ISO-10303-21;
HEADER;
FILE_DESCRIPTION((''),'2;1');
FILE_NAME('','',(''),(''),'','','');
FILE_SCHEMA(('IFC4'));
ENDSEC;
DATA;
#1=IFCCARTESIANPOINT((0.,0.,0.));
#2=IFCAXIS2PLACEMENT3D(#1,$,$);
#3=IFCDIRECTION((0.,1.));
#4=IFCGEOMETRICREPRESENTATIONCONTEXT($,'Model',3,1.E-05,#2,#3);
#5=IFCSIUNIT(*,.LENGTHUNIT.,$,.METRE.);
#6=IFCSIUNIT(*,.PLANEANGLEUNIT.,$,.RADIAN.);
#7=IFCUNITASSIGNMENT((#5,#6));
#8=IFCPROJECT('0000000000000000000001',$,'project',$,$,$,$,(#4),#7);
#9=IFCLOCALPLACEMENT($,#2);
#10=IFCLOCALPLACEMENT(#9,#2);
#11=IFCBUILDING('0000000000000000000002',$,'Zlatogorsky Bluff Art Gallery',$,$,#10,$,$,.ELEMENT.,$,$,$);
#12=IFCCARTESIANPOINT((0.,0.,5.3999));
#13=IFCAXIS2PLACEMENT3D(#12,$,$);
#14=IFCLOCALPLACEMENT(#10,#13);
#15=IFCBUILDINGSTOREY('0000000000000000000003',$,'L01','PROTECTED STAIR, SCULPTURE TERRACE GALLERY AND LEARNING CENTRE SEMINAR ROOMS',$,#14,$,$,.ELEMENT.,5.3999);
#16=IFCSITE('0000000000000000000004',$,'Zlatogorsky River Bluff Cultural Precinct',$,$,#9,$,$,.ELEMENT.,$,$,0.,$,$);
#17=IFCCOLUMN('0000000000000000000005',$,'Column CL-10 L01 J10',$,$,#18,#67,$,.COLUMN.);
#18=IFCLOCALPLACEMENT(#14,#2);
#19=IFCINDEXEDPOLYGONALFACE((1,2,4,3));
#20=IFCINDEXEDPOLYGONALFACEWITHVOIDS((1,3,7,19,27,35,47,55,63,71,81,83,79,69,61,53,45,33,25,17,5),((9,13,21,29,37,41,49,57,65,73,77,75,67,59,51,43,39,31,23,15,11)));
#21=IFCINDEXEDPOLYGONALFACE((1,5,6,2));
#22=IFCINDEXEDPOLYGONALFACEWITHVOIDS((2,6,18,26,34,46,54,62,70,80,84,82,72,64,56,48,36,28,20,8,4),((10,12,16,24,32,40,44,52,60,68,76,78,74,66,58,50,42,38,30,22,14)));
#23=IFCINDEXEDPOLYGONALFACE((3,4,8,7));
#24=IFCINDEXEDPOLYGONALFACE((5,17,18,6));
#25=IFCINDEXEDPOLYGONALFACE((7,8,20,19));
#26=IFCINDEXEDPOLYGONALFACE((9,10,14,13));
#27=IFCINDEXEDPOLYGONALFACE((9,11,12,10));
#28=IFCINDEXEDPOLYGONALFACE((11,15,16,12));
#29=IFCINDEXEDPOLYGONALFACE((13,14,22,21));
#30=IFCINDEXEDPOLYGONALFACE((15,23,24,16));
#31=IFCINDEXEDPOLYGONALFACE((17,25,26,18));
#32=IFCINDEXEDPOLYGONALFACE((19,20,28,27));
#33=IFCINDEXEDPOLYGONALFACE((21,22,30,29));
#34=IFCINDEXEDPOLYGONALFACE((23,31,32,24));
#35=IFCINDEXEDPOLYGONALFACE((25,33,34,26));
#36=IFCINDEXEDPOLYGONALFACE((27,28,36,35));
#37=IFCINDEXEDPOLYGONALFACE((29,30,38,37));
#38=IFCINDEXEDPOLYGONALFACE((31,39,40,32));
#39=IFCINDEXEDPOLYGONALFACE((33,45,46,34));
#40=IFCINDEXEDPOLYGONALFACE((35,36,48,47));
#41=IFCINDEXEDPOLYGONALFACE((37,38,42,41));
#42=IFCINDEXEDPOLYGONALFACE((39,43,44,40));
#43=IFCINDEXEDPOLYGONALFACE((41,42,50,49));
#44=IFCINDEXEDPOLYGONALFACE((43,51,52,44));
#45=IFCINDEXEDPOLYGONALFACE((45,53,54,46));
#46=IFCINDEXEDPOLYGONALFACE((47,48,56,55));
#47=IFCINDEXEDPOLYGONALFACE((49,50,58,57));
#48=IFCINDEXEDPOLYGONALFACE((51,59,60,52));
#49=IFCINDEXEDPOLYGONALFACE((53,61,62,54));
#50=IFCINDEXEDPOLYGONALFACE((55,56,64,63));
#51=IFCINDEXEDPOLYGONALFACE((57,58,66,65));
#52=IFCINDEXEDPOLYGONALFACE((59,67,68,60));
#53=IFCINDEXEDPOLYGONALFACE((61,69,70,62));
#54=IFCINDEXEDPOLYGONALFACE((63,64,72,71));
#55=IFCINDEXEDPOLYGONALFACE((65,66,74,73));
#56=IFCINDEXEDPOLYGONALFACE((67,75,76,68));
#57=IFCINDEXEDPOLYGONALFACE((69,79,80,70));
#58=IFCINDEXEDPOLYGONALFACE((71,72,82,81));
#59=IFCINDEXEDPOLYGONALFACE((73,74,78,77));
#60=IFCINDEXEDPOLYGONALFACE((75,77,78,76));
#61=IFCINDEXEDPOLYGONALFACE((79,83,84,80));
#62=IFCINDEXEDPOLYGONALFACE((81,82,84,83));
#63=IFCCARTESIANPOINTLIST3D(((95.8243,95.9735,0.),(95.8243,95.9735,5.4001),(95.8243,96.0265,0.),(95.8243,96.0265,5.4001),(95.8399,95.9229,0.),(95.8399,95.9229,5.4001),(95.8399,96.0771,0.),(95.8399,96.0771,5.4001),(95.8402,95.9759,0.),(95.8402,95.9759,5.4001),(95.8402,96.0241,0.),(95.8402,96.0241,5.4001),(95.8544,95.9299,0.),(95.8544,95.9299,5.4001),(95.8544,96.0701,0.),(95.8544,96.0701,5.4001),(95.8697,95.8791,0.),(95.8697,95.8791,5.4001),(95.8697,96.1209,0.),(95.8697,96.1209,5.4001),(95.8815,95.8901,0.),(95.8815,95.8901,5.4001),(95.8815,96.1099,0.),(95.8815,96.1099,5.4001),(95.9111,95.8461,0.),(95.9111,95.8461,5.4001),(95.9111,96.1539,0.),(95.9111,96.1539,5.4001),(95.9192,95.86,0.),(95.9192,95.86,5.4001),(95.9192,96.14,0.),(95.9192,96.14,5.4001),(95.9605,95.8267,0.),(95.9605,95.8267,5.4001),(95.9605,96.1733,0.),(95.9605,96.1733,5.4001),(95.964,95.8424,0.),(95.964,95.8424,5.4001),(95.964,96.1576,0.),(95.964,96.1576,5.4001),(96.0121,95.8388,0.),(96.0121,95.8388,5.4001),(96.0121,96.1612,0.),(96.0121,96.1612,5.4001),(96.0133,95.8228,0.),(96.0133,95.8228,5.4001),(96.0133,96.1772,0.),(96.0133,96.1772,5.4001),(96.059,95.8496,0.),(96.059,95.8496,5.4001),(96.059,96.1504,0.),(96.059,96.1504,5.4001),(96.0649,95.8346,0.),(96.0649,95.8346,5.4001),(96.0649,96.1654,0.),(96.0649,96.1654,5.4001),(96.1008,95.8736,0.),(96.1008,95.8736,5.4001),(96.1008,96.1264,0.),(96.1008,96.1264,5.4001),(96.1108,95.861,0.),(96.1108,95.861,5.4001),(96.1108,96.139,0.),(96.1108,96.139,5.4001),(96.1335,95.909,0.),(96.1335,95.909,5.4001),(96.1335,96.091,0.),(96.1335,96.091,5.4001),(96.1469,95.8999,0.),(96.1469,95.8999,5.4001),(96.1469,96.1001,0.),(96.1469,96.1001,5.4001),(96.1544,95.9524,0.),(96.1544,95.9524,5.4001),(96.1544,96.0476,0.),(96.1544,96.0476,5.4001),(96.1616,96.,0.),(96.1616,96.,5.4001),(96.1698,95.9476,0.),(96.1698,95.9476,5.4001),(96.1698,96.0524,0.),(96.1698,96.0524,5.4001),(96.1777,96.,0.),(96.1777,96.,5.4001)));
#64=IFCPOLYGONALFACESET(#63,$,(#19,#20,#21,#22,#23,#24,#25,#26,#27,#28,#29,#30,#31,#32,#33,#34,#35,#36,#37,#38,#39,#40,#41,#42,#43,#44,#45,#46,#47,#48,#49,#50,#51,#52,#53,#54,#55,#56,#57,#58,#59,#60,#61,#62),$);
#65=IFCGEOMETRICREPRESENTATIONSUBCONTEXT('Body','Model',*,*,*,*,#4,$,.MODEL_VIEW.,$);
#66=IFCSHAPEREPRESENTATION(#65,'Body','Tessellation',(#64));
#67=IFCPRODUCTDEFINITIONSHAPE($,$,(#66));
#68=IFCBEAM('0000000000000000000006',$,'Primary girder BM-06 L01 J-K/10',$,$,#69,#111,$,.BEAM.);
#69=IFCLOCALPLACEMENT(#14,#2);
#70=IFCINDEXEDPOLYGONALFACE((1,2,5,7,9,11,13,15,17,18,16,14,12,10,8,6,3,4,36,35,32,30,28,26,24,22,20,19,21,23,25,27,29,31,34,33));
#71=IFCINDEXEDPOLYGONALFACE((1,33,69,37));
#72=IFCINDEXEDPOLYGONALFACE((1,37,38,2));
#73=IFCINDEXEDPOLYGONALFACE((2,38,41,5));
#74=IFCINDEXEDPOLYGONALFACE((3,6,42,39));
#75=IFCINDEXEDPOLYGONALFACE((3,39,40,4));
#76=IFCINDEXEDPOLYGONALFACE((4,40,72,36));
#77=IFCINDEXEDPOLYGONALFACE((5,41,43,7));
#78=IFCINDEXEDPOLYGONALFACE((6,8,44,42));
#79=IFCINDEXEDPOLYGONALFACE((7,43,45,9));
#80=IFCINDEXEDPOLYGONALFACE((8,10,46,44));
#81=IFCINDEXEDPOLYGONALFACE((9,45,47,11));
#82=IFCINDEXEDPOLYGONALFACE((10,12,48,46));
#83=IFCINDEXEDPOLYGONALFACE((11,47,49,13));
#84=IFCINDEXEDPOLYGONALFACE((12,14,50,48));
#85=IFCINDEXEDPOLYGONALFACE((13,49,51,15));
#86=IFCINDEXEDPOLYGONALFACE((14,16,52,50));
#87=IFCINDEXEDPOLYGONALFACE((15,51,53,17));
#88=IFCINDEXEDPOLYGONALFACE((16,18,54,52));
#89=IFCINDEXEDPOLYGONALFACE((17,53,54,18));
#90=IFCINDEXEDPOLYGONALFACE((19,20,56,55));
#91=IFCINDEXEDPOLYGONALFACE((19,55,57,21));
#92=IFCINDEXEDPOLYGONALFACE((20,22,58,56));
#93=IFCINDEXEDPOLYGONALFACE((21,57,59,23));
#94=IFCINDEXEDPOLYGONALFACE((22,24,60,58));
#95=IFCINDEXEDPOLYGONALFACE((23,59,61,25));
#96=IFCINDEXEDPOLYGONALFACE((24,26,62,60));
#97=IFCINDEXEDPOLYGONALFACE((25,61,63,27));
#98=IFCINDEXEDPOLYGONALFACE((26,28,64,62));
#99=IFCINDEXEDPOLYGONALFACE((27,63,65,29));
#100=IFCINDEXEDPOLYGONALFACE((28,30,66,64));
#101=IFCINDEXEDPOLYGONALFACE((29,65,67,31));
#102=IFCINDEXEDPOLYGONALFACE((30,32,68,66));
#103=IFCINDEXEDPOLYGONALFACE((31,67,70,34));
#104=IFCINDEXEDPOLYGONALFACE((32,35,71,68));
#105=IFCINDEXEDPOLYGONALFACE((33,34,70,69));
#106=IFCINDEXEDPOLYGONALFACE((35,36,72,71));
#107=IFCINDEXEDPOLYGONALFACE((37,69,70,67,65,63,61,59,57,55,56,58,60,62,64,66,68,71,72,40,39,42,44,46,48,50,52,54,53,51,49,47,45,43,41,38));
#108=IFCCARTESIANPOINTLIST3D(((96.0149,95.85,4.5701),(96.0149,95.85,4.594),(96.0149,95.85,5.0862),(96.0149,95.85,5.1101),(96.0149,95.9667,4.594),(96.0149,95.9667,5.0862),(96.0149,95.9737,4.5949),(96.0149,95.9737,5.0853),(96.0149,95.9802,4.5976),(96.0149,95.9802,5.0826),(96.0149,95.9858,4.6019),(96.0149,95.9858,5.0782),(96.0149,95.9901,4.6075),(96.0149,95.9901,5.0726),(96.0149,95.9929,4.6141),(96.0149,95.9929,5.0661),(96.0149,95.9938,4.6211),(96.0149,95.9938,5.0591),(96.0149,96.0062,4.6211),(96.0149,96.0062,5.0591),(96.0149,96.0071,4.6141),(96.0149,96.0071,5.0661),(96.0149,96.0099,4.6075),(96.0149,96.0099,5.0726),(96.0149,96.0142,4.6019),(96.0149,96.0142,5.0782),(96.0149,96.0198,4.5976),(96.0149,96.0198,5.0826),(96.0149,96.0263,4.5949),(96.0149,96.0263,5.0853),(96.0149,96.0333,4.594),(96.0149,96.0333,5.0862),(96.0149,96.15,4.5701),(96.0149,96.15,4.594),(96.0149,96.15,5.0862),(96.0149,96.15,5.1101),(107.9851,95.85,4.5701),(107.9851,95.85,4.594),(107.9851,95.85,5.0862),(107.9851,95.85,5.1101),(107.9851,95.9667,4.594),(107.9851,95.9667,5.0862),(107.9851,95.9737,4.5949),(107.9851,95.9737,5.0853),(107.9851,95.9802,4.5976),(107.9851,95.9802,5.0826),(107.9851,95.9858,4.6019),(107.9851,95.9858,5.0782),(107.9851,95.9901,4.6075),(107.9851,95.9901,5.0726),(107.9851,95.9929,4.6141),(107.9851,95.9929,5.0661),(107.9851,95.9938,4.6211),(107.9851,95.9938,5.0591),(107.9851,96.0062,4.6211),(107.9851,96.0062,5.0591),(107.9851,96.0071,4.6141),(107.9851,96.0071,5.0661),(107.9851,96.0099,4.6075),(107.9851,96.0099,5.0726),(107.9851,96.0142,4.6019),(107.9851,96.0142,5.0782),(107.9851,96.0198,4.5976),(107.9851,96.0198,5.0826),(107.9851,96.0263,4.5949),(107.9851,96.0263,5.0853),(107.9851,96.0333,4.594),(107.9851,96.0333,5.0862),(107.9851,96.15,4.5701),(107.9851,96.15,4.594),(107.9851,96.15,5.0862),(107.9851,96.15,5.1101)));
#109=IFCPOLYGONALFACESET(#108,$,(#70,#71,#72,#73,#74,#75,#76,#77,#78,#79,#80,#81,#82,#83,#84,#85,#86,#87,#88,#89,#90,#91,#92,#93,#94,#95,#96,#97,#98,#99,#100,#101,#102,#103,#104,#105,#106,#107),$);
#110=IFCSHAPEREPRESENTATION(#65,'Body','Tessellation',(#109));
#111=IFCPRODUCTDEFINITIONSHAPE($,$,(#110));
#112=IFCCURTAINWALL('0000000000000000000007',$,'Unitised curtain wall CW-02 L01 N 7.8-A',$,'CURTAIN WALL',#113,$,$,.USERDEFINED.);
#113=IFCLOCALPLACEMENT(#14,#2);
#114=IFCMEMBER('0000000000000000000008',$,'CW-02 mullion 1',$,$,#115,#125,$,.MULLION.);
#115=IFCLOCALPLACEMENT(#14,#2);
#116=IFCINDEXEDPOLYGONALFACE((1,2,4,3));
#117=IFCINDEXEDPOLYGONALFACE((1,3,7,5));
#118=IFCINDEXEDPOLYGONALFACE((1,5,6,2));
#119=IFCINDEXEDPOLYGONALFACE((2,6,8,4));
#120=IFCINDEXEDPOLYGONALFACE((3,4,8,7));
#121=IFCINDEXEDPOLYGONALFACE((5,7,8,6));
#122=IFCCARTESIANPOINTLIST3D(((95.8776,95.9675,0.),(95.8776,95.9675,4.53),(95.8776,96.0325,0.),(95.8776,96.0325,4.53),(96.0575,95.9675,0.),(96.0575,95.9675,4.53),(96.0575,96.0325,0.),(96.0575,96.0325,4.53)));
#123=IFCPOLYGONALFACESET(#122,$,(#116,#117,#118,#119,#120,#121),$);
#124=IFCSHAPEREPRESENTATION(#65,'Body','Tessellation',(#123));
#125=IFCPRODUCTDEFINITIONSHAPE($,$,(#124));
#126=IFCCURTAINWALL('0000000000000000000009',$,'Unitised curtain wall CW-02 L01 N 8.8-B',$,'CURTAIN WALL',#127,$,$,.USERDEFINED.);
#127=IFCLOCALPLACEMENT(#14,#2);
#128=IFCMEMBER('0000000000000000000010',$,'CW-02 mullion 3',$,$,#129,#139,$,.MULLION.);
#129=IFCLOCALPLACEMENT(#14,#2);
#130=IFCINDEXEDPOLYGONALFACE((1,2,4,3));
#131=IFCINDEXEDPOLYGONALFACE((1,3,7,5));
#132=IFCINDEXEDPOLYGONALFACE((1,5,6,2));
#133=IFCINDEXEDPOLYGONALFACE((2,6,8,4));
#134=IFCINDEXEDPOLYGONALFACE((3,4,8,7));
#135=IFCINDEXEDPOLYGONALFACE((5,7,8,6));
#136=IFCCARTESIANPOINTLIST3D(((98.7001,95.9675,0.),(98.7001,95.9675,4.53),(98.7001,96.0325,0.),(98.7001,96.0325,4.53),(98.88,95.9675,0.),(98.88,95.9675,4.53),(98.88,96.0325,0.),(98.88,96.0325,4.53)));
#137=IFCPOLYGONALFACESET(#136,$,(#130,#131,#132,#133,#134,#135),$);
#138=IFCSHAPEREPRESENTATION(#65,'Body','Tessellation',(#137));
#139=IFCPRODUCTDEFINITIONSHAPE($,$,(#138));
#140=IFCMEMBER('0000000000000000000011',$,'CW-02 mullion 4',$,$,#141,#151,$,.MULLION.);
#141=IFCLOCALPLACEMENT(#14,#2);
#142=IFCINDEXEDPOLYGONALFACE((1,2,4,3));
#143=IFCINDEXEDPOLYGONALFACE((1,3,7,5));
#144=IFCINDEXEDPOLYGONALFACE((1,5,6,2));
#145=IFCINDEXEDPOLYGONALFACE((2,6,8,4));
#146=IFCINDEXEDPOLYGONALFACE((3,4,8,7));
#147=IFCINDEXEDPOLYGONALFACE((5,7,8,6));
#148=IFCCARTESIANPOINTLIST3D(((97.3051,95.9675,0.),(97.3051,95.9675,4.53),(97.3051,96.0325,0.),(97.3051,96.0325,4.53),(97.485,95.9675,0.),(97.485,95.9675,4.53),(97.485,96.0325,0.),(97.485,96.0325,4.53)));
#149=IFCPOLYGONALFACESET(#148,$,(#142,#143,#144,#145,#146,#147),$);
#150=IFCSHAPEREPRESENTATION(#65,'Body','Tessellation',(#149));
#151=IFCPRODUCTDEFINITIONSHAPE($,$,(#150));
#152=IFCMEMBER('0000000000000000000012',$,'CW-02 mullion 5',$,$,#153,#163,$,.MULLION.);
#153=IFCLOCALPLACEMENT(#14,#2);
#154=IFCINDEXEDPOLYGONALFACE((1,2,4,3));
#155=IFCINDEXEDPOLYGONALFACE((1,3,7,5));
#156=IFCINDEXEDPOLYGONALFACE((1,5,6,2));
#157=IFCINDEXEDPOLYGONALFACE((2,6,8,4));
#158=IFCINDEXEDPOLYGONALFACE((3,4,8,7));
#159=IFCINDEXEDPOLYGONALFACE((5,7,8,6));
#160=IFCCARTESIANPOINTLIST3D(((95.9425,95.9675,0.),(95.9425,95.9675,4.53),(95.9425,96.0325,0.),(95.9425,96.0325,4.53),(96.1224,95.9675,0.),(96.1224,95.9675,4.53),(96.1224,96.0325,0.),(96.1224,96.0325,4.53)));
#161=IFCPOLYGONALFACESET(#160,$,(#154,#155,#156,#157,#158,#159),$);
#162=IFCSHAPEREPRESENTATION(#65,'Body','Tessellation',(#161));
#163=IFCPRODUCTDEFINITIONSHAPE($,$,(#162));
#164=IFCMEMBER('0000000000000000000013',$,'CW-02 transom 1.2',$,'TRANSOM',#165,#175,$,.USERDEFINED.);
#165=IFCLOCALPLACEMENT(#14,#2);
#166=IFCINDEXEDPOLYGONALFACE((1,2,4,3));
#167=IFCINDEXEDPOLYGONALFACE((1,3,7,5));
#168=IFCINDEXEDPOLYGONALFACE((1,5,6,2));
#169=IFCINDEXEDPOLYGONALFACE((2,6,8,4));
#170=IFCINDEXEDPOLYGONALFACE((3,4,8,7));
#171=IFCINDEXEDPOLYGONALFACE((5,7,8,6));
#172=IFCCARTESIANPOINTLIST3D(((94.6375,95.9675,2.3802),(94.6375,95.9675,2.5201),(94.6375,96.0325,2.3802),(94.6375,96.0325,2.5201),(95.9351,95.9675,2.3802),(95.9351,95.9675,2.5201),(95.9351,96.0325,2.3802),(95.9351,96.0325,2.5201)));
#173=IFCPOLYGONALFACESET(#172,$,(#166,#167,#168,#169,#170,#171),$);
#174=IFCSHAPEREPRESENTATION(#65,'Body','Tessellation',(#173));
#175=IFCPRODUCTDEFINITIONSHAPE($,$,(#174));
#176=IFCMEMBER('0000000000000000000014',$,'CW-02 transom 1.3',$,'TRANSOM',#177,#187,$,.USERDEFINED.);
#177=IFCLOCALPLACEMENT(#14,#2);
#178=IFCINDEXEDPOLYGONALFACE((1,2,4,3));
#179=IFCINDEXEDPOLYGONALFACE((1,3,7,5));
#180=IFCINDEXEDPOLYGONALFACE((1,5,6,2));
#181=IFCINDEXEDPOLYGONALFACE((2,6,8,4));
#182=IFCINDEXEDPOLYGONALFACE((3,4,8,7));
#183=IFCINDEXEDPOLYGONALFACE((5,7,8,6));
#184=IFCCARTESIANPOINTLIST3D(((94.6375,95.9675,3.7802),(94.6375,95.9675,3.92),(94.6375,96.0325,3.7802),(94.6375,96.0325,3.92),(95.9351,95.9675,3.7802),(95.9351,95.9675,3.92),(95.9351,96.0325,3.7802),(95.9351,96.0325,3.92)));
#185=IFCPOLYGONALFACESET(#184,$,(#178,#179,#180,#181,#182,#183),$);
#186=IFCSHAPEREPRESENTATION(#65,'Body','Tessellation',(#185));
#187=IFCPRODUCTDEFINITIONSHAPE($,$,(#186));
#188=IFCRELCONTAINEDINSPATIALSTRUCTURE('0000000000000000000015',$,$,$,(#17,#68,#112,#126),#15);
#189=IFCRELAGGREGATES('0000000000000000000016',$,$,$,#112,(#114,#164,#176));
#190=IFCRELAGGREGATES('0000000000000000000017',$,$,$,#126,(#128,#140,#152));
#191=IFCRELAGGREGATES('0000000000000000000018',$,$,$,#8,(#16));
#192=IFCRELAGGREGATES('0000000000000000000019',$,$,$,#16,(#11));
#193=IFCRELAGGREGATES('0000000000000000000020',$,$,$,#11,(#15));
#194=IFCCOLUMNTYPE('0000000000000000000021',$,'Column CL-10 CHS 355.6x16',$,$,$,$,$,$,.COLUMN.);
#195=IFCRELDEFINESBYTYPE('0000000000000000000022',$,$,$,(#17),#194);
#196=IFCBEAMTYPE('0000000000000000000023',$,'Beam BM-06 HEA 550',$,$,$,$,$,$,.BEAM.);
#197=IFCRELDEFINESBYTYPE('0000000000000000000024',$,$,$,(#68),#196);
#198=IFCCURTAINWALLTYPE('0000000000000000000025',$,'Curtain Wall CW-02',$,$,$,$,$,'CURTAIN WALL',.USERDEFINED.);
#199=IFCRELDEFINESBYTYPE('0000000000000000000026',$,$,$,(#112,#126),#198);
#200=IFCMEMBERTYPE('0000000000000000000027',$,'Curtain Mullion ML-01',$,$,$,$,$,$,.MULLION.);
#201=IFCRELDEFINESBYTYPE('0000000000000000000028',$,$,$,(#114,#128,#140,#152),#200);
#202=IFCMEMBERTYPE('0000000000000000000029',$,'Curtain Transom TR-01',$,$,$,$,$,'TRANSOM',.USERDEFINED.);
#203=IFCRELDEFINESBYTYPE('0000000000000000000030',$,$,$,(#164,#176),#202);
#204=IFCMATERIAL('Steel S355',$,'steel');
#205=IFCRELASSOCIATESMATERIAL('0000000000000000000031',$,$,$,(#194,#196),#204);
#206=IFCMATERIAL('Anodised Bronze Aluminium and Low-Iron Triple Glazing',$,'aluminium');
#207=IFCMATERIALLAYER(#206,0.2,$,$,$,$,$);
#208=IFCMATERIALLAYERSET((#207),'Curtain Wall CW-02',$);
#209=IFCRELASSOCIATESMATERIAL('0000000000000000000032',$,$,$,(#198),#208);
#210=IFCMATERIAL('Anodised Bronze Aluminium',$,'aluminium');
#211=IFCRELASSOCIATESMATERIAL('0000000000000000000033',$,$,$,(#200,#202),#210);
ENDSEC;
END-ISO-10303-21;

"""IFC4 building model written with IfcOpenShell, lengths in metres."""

from ifc_helpers import new_model, si_unit, direction, frame, origin, origin_2d, place, context, subcontext, project, spatial, rectangle, hollow_circle, i_section, extrude, material, layer, layer_set, material_profile, profile_set, type_object, element, aggregate, save


model = new_model("IFC4")

# Units and contexts
model_context = context("Model", 3, precision=1e-05, world=origin(), true_north=direction((0.0, 1.0)))
body_context = subcontext(model_context, "Body", "Model", "MODEL_VIEW")
ifc_project = project(units=[si_unit("LENGTHUNIT", "METRE"), si_unit("PLANEANGLEUNIT", "RADIAN")], contexts=[model_context])

# Site, building, storey
site_placement = place(None, origin())
site = spatial("IfcSite", under=ifc_project, at=site_placement, Name="Zlatogorsky River Bluff Cultural Precinct", CompositionType="ELEMENT", RefElevation=0.0)
building_placement = place(site_placement, origin())
building = spatial("IfcBuilding", under=site, at=building_placement, Name="Zlatogorsky Bluff Art Gallery", CompositionType="ELEMENT")
storey_placement = place(building_placement, frame((0.0, 0.0, 5.3999)))
storey = spatial("IfcBuildingStorey", under=building, at=storey_placement, Name="L01", Description="PROTECTED STAIR, SCULPTURE TERRACE GALLERY AND LEARNING CENTRE SEMINAR ROOMS", CompositionType="ELEMENT", Elevation=5.3999)

# Column
ifc_material_1 = material(Name="Steel S355", Category="steel")
ifc_material_profile_1 = material_profile(ifc_material_1, hollow_circle(Radius=0.1777, WallThickness=0.0161, at=origin_2d()), Name="CHS 355.6x16")
ifc_profile_set_1 = profile_set([ifc_material_profile_1], Name="Steel S355")
column_type = type_object("IfcColumnType", Name="Column CL-10 CHS 355.6x16", PredefinedType="COLUMN", material=ifc_profile_set_1)
column_placement = place(storey_placement, frame((96.0, 96.0, 0.0), z_axis=(0.0, 0.0, 1.0), x_axis=(1.0, 0.0, 0.0)))
element("IfcColumn", 1, at=column_placement, inside=storey, type_object=column_type, Name="Column CL-10 L01 J10", PredefinedType="COLUMN", context=body_context, shape_type="SweptSolid", body=[
    extrude(hollow_circle(Radius=0.1777, WallThickness=0.0161, at=origin_2d()), origin(), (0.0, 0.0, 1.0), 5.4001),
])

# Beam
ifc_material_profile_2 = material_profile(ifc_material_1, i_section(OverallWidth=0.3, OverallDepth=0.54, WebThickness=0.0125, FlangeThickness=0.0239, FilletRadius=0.0271, at=origin_2d()), Name="HEA 550")
ifc_profile_set_2 = profile_set([ifc_material_profile_2], Name="Steel S355")
beam_type = type_object("IfcBeamType", Name="Beam BM-06 HEA 550", PredefinedType="BEAM", material=ifc_profile_set_2)
beam_placement = place(storey_placement, frame((96.0149, 96.0, 4.8401), z_axis=(1.0, 0.0, 0.0), x_axis=(0.0, 1.0, 0.0)))
element("IfcBeam", 2, at=beam_placement, inside=storey, type_object=beam_type, Name="Primary girder BM-06 L01 J-K/10", PredefinedType="BEAM", context=body_context, shape_type="SweptSolid", body=[
    extrude(i_section(OverallWidth=0.3, OverallDepth=0.54, WebThickness=0.0125, FlangeThickness=0.0239, FilletRadius=0.0271, at=origin_2d()), origin(), (0.0, 0.0, 1.0), 11.9702),
])

# Curtain wall, member
ifc_material_2 = material(Name="Anodised Bronze Aluminium and Low-Iron Triple Glazing", Category="aluminium")
ifc_layer_1 = layer(ifc_material_2, 0.2)
ifc_layer_set_1 = layer_set([ifc_layer_1], Name="Curtain Wall CW-02")
curtain_wall_type = type_object("IfcCurtainWallType", Name="Curtain Wall CW-02", ElementType="CURTAIN WALL", PredefinedType="USERDEFINED", material=ifc_layer_set_1)
curtain_wall_1_placement = place(storey_placement, origin())
curtain_wall_1 = element("IfcCurtainWall", 3, at=curtain_wall_1_placement, inside=storey, type_object=curtain_wall_type, Name="Unitised curtain wall CW-02 L01 N 7.8-A", ObjectType="CURTAIN WALL", PredefinedType="USERDEFINED")
ifc_material_3 = material(Name="Anodised Bronze Aluminium", Category="aluminium")
ifc_material_profile_3 = material_profile(ifc_material_3, rectangle(XDim=0.0649, YDim=0.1799, at=origin_2d()), Name="ALU MULLION 65x180")
ifc_profile_set_3 = profile_set([ifc_material_profile_3], Name="Anodised Bronze Aluminium")
member_type_1 = type_object("IfcMemberType", Name="Curtain Mullion ML-01", PredefinedType="MULLION", material=ifc_profile_set_3)
member_1_placement = place(storey_placement, frame((95.9675, 96.0, 0.0), z_axis=(0.0, 0.0, 1.0), x_axis=(0.0, -1.0, 0.0)))
member_1 = element("IfcMember", 4, at=member_1_placement, type_object=member_type_1, Name="CW-02 mullion 1", PredefinedType="MULLION", context=body_context, shape_type="SweptSolid", body=[
    extrude(rectangle(XDim=0.0649, YDim=0.1799, at=origin_2d()), origin(), (0.0, 0.0, 1.0), 4.53),
])

# Curtain wall, members
curtain_wall_2_placement = place(storey_placement, origin())
curtain_wall_2 = element("IfcCurtainWall", 5, at=curtain_wall_2_placement, inside=storey, type_object=curtain_wall_type, Name="Unitised curtain wall CW-02 L01 N 8.8-B", ObjectType="CURTAIN WALL", PredefinedType="USERDEFINED")
member_2_placement = place(storey_placement, frame((98.79, 96.0, 0.0), z_axis=(0.0, 0.0, 1.0), x_axis=(0.0, -1.0, 0.0)))
member_2 = element("IfcMember", 6, at=member_2_placement, type_object=member_type_1, Name="CW-02 mullion 3", PredefinedType="MULLION", context=body_context, shape_type="SweptSolid", body=[
    extrude(rectangle(XDim=0.0649, YDim=0.1799, at=origin_2d()), origin(), (0.0, 0.0, 1.0), 4.53),
])
member_3_placement = place(storey_placement, frame((97.395, 96.0, 0.0), z_axis=(0.0, 0.0, 1.0), x_axis=(0.0, -1.0, 0.0)))
member_3 = element("IfcMember", 7, at=member_3_placement, type_object=member_type_1, Name="CW-02 mullion 4", PredefinedType="MULLION", context=body_context, shape_type="SweptSolid", body=[
    extrude(rectangle(XDim=0.0649, YDim=0.1799, at=origin_2d()), origin(), (0.0, 0.0, 1.0), 4.53),
])
member_4_placement = place(storey_placement, frame((96.0325, 96.0, 0.0), z_axis=(0.0, 0.0, 1.0), x_axis=(0.0, -1.0, 0.0)))
member_4 = element("IfcMember", 8, at=member_4_placement, type_object=member_type_1, Name="CW-02 mullion 5", PredefinedType="MULLION", context=body_context, shape_type="SweptSolid", body=[
    extrude(rectangle(XDim=0.0649, YDim=0.1799, at=origin_2d()), origin(), (0.0, 0.0, 1.0), 4.53),
])

# Members
ifc_material_profile_4 = material_profile(ifc_material_3, rectangle(XDim=0.0649, YDim=0.1399, at=origin_2d()), Name="ALU TRANSOM 65x140")
ifc_profile_set_4 = profile_set([ifc_material_profile_4], Name="Anodised Bronze Aluminium")
member_type_2 = type_object("IfcMemberType", Name="Curtain Transom TR-01", ElementType="TRANSOM", PredefinedType="USERDEFINED", material=ifc_profile_set_4)
member_5_placement = place(storey_placement, frame((95.9351, 96.0, 2.4502), z_axis=(-1.0, 0.0, 0.0), x_axis=(0.0, -1.0, 0.0)))
member_5 = element("IfcMember", 9, at=member_5_placement, type_object=member_type_2, Name="CW-02 transom 1.2", ObjectType="TRANSOM", PredefinedType="USERDEFINED", context=body_context, shape_type="SweptSolid", body=[
    extrude(rectangle(XDim=0.0649, YDim=0.1399, at=origin_2d()), origin(), (0.0, 0.0, 1.0), 1.2976),
])
member_6_placement = place(storey_placement, frame((95.9351, 96.0, 3.8501), z_axis=(-1.0, 0.0, 0.0), x_axis=(0.0, -1.0, 0.0)))
member_6 = element("IfcMember", 10, at=member_6_placement, type_object=member_type_2, Name="CW-02 transom 1.3", ObjectType="TRANSOM", PredefinedType="USERDEFINED", context=body_context, shape_type="SweptSolid", body=[
    extrude(rectangle(XDim=0.0649, YDim=0.1399, at=origin_2d()), origin(), (0.0, 0.0, 1.0), 1.2976),
])
aggregate(curtain_wall_1, [member_1, member_5, member_6])

aggregate(curtain_wall_2, [member_2, member_3, member_4])

save(model, "model.ifc")
